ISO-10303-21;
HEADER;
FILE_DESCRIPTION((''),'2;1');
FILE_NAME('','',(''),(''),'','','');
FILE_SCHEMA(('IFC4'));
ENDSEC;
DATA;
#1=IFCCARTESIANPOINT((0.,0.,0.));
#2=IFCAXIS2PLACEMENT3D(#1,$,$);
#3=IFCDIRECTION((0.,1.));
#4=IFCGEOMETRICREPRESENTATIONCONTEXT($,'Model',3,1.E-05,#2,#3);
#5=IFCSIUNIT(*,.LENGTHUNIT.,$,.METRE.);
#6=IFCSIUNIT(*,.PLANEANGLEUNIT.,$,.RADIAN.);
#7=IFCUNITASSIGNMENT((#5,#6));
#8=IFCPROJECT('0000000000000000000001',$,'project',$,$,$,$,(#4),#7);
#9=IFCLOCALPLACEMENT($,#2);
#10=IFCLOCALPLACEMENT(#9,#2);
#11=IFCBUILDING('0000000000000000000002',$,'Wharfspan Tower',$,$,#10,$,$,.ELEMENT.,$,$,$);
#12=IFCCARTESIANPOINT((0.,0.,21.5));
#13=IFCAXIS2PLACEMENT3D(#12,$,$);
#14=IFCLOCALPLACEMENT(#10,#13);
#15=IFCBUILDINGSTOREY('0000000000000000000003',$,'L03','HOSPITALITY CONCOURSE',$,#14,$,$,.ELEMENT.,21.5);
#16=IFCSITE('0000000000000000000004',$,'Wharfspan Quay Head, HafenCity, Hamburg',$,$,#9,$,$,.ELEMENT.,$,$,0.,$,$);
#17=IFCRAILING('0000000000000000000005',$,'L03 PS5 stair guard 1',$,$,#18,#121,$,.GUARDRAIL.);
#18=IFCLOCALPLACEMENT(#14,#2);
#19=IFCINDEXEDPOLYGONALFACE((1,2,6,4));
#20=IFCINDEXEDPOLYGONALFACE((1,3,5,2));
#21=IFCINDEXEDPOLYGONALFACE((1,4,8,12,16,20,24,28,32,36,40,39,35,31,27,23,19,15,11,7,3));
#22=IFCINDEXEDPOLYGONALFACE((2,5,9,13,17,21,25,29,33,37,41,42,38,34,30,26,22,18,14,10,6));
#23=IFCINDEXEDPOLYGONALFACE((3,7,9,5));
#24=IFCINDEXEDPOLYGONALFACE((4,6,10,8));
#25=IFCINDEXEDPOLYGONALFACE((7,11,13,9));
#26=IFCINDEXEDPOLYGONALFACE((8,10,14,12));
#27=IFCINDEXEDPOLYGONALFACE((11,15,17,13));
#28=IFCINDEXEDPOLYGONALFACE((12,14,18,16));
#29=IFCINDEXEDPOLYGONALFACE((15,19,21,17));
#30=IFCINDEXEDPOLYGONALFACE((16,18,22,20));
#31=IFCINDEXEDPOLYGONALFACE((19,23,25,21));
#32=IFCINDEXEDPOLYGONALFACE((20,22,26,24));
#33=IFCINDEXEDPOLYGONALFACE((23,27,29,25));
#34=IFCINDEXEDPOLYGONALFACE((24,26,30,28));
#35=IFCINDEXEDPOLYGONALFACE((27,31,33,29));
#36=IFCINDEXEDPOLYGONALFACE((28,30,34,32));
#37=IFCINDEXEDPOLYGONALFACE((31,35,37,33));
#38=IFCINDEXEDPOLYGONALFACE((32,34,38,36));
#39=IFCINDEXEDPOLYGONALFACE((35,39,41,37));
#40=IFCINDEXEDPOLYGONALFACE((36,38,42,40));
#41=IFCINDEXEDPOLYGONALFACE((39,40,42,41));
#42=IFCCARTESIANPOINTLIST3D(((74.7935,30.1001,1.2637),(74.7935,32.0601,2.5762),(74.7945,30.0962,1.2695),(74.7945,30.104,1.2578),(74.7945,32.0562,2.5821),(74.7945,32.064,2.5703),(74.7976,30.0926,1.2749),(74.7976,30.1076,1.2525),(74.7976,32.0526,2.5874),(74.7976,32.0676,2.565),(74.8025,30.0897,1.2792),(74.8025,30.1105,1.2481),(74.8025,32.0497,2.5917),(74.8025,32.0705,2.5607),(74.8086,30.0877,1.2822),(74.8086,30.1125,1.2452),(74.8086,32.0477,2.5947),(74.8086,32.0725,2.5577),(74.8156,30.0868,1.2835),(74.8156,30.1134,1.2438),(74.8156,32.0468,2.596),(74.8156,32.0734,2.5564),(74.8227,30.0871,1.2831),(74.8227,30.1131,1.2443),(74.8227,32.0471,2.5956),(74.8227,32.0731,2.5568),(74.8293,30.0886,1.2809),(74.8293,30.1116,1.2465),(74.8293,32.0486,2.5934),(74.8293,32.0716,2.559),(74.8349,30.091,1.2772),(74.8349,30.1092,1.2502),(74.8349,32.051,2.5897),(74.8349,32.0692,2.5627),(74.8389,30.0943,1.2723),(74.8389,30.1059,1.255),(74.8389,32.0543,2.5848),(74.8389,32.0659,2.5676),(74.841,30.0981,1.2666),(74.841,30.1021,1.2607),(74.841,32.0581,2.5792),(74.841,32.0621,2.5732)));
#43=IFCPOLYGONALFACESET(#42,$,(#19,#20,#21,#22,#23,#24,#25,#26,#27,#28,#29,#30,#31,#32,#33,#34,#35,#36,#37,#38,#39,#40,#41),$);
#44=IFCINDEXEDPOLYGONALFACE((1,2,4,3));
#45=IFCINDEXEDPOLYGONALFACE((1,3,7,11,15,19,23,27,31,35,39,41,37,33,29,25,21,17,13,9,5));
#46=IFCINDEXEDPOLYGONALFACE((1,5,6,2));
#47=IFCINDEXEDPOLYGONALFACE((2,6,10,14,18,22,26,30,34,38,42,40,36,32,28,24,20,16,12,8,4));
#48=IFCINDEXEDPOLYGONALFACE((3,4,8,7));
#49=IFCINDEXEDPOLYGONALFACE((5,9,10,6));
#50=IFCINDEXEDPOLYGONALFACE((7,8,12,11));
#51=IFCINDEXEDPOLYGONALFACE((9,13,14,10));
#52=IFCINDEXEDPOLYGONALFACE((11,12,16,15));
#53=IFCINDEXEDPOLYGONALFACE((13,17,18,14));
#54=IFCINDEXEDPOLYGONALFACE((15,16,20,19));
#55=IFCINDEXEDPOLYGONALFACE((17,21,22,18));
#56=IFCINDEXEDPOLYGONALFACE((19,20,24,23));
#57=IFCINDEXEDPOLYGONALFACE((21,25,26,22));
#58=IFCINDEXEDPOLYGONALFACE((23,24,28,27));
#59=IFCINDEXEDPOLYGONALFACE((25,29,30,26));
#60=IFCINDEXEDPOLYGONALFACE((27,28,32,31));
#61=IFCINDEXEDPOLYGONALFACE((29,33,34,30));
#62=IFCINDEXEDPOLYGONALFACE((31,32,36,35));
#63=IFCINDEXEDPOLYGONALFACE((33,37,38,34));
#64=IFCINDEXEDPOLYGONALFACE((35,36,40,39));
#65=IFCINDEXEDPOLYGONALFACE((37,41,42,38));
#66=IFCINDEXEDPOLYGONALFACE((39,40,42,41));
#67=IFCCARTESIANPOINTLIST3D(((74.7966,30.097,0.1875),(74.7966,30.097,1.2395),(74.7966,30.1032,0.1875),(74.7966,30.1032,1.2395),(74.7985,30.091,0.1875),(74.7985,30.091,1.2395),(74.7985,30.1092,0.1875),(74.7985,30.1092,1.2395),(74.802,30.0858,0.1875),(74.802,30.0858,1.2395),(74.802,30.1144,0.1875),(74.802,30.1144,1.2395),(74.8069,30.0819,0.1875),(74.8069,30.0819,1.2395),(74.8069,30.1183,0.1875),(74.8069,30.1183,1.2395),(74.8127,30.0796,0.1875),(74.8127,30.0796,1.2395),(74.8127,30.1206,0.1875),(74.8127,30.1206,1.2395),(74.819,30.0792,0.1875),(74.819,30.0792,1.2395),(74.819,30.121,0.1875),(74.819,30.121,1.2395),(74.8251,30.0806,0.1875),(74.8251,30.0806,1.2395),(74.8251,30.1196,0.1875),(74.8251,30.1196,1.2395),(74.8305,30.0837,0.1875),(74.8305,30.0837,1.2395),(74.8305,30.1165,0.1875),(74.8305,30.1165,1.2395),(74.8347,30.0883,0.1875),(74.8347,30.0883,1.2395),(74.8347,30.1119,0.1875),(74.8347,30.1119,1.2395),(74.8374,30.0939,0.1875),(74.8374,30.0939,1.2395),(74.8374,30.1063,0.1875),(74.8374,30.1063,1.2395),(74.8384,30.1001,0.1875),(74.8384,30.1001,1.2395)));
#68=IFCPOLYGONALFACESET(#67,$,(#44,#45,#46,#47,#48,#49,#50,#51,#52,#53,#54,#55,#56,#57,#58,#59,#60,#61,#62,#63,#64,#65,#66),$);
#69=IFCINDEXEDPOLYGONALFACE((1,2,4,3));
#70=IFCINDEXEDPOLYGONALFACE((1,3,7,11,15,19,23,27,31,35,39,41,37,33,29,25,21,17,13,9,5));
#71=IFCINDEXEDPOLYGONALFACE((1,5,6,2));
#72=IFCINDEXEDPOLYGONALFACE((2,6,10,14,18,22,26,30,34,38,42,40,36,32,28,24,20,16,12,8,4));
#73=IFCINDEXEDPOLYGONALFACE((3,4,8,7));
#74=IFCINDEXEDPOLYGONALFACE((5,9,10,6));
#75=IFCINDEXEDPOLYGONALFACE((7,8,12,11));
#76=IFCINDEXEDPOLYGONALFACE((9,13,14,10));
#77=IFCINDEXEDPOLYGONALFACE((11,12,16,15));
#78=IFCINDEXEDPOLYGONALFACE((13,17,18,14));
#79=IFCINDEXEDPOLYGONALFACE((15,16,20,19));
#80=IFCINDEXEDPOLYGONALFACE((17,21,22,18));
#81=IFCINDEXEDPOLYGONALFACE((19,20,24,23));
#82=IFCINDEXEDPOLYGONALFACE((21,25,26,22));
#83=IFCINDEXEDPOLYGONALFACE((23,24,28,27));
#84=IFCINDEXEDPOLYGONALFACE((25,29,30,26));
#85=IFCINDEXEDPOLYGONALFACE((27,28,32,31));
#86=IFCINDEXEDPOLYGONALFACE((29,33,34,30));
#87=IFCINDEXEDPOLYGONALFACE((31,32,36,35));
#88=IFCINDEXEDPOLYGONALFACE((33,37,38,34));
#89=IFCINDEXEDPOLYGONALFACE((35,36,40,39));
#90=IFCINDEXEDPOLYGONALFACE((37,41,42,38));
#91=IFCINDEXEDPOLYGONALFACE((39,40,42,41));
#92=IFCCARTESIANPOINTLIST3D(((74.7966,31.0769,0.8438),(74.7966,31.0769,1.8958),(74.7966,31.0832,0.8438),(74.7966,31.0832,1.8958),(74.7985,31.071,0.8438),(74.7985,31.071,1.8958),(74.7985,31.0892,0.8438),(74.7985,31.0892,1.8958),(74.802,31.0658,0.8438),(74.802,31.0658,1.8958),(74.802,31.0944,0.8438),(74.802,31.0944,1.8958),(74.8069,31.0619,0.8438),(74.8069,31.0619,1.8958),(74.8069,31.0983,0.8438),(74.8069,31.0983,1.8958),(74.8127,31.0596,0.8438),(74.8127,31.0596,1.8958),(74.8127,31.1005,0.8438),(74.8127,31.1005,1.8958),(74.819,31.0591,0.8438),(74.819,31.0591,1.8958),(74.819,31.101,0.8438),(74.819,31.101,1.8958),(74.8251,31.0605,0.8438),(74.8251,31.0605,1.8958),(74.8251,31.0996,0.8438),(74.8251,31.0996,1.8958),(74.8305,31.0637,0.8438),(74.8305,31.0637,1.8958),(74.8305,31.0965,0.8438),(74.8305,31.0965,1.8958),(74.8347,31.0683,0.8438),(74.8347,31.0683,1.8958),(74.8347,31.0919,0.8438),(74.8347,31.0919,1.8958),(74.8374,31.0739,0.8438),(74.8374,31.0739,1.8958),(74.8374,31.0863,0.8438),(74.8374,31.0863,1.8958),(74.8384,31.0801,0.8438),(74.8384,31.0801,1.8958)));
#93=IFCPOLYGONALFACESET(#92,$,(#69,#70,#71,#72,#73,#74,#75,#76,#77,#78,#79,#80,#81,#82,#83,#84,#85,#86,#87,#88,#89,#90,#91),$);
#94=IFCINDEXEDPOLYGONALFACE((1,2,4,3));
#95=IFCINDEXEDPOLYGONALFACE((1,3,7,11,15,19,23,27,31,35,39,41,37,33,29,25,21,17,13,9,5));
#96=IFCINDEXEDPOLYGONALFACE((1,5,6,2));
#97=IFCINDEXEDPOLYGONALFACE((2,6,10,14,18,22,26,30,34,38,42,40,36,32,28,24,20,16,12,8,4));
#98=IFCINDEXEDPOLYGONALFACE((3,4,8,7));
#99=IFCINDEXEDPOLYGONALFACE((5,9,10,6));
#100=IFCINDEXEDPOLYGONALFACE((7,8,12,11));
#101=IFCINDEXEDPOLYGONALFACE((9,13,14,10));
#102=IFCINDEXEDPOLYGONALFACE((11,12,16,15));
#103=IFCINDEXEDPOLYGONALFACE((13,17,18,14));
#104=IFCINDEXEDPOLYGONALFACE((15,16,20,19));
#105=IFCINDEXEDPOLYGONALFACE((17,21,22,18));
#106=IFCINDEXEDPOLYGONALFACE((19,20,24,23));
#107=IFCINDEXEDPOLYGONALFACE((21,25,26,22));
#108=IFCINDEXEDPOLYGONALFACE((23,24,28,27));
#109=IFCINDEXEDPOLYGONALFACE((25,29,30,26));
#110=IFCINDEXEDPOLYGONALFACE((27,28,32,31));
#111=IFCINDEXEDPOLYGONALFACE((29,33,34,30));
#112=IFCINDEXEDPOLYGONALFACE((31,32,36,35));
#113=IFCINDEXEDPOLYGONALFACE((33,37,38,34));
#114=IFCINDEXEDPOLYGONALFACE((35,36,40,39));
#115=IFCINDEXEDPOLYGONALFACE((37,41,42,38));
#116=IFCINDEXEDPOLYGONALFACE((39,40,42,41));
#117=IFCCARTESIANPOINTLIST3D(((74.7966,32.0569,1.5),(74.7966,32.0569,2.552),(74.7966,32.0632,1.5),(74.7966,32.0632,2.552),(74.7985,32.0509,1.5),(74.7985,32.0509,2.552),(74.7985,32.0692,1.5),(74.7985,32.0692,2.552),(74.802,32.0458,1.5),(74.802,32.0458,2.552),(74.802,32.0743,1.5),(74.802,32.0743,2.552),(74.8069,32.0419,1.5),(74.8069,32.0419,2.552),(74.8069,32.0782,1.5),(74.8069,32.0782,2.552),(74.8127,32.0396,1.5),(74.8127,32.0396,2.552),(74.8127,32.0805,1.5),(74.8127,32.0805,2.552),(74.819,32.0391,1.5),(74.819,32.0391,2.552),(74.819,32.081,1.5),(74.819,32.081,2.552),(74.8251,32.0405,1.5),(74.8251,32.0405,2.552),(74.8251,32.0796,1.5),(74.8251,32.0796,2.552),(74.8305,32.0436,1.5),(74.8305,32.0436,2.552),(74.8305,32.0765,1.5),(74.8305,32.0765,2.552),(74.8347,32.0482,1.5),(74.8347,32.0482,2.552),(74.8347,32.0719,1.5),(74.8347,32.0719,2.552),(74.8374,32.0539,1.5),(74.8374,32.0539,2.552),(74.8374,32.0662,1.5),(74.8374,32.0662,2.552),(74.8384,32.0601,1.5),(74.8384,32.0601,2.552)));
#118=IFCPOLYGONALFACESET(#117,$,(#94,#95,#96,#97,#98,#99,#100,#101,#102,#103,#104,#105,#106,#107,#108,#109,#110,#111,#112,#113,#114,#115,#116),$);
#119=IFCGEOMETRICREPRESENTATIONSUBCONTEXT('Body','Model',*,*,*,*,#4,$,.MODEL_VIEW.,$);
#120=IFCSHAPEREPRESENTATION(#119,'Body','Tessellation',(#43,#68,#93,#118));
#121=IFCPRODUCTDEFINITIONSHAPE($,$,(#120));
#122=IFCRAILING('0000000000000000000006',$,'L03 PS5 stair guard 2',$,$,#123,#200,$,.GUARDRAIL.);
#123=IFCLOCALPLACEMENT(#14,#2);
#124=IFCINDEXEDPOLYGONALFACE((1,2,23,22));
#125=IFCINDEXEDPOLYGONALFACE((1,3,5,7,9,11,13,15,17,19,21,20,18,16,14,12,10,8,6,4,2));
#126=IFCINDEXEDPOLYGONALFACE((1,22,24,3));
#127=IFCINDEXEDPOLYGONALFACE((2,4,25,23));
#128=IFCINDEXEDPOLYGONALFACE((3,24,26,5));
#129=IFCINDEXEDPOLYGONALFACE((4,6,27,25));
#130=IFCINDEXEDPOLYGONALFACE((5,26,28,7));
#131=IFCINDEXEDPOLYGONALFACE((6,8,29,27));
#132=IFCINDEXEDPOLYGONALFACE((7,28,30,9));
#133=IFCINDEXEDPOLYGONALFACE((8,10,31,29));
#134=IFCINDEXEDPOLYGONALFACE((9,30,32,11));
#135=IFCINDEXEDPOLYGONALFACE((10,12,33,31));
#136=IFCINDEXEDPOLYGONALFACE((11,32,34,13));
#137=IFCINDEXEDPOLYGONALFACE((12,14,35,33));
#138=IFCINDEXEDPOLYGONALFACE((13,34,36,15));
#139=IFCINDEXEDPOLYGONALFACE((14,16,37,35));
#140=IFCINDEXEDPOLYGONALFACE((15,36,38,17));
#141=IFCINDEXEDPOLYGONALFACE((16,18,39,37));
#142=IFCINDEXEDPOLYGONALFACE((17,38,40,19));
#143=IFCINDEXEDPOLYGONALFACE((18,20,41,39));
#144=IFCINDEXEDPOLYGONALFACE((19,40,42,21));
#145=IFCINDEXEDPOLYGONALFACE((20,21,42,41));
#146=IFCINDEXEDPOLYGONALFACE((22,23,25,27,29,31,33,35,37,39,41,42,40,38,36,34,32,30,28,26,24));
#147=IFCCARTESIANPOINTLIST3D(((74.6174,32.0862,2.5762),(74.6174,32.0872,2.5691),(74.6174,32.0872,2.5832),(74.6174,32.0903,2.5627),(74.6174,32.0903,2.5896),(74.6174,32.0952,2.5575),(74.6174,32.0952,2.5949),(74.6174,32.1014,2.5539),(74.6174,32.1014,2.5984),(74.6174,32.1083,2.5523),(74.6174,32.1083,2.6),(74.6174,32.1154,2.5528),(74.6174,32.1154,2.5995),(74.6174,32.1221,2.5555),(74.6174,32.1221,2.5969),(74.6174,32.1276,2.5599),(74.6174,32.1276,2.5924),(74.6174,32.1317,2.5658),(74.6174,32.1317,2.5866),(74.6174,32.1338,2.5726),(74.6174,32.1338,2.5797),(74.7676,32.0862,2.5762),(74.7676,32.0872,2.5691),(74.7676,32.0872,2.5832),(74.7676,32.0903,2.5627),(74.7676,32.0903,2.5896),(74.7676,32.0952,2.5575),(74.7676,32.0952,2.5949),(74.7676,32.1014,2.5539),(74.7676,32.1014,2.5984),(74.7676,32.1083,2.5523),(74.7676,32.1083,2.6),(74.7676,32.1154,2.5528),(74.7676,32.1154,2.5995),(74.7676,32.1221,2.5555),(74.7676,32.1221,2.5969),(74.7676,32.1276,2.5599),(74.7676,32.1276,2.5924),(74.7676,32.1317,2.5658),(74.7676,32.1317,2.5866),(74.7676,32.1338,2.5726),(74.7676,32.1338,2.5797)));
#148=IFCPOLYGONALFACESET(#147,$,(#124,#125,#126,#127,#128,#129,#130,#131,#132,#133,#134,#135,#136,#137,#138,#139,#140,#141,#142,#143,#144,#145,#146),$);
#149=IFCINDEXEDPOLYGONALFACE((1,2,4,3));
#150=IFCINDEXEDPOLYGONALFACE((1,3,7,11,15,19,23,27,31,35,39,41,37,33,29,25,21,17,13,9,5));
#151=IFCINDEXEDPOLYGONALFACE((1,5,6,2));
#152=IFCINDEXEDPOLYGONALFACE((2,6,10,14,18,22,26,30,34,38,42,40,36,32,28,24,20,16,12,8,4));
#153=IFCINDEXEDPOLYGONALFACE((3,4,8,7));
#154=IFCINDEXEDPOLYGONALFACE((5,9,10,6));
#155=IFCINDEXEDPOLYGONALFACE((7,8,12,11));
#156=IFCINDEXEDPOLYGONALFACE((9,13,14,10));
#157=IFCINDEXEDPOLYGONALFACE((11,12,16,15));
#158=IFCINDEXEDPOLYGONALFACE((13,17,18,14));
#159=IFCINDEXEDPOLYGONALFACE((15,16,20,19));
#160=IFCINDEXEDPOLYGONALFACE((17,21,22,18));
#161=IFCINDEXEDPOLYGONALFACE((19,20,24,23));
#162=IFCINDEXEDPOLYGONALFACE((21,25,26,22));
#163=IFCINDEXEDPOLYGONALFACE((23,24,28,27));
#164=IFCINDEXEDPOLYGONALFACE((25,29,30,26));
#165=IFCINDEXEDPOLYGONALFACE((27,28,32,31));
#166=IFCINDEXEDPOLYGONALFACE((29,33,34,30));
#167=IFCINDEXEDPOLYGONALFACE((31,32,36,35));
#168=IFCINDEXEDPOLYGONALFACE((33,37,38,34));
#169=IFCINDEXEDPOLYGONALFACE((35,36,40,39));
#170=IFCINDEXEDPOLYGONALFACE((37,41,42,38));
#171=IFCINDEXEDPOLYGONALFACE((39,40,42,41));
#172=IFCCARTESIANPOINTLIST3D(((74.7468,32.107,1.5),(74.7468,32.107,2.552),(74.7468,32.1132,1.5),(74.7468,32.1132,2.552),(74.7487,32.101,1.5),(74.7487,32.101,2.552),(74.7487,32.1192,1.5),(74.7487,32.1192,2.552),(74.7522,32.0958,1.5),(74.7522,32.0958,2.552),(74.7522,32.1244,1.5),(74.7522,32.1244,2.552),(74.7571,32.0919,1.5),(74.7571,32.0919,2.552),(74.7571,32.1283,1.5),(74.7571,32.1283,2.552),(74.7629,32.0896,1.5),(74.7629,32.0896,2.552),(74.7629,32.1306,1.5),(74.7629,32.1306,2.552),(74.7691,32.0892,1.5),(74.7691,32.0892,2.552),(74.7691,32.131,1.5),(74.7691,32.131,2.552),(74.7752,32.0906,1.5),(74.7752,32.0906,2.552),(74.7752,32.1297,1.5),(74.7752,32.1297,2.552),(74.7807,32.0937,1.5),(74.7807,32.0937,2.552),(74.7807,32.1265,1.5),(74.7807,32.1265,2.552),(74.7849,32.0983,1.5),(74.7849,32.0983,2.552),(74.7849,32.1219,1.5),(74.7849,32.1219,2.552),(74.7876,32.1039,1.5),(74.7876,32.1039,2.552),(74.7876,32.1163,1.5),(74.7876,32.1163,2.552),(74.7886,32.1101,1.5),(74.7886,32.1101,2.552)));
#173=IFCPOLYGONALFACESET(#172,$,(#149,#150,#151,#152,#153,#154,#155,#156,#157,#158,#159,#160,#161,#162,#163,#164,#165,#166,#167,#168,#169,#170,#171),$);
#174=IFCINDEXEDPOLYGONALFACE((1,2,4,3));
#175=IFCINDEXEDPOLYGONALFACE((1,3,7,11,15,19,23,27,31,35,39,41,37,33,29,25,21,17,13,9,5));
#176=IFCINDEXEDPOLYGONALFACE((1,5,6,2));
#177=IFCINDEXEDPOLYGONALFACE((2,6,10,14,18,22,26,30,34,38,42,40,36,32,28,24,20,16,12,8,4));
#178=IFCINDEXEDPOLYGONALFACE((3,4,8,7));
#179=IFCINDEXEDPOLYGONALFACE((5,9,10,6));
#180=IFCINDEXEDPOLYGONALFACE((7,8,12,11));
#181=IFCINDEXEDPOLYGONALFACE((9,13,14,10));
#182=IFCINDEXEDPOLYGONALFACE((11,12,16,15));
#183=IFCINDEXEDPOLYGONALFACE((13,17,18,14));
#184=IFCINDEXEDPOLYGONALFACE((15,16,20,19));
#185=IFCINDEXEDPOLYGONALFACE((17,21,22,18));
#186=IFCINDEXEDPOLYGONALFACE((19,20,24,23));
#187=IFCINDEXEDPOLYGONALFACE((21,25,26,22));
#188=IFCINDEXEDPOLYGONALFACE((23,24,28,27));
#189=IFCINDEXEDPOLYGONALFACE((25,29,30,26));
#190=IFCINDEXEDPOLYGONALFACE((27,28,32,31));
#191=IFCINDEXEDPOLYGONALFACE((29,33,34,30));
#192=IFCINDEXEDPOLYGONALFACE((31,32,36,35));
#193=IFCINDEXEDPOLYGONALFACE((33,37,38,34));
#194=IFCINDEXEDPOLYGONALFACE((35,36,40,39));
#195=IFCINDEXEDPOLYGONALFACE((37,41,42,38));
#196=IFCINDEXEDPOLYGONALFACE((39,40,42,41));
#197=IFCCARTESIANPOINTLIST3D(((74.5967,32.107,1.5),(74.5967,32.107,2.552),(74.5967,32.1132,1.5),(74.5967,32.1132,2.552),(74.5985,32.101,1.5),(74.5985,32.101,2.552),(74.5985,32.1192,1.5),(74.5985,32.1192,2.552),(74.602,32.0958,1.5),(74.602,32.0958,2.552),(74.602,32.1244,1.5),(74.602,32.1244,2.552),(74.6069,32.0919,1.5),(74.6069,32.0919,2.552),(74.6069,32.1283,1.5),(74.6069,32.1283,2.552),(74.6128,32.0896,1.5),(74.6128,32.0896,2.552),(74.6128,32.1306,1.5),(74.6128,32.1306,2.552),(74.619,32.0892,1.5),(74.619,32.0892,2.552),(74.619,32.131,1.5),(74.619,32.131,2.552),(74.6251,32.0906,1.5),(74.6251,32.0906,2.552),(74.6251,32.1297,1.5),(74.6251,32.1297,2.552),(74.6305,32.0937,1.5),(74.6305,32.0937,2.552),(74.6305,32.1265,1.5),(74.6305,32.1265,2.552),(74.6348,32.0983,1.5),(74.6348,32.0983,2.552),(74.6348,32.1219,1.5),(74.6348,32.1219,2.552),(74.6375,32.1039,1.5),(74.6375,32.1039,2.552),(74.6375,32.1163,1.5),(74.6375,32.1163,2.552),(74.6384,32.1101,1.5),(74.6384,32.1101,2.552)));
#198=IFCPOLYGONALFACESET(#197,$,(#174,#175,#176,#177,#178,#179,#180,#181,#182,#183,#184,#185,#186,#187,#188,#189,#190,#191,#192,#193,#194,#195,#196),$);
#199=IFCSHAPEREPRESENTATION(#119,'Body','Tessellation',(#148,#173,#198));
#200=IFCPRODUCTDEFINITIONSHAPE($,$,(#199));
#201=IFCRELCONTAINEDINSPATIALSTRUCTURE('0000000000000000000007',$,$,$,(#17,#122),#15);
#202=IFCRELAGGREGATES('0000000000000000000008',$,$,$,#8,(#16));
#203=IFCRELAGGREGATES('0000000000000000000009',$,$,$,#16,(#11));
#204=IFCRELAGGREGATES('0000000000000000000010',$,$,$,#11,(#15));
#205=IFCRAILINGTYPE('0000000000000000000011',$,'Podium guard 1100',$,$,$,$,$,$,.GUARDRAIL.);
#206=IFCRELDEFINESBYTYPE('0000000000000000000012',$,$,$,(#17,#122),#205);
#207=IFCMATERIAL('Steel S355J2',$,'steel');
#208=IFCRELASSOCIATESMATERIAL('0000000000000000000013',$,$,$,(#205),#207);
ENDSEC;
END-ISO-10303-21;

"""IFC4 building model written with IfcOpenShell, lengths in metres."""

from ifc_helpers import new_model, si_unit, direction, frame, origin, origin_2d, place, context, subcontext, project, spatial, circle, extrude, material, type_object, element, save


model = new_model("IFC4")

# Units and contexts
model_context = context("Model", 3, precision=1e-05, world=origin(), true_north=direction((0.0, 1.0)))
body_context = subcontext(model_context, "Body", "Model", "MODEL_VIEW")
ifc_project = project(units=[si_unit("LENGTHUNIT", "METRE"), si_unit("PLANEANGLEUNIT", "RADIAN")], contexts=[model_context])

# Site, building, storey
site_placement = place(None, origin())
site = spatial("IfcSite", under=ifc_project, at=site_placement, Name="Wharfspan Quay Head, HafenCity, Hamburg", CompositionType="ELEMENT", RefElevation=0.0)
building_placement = place(site_placement, origin())
building = spatial("IfcBuilding", under=site, at=building_placement, Name="Wharfspan Tower", CompositionType="ELEMENT")
storey_placement = place(building_placement, frame((0.0, 0.0, 21.5)))
storey = spatial("IfcBuildingStorey", under=building, at=storey_placement, Name="L03", Description="HOSPITALITY CONCOURSE", CompositionType="ELEMENT", Elevation=21.5)

# Railings
ifc_material_1 = material(Name="Steel S355J2", Category="steel")
railing_type_1 = type_object("IfcRailingType", Name="Podium guard 1100", PredefinedType="GUARDRAIL", material=ifc_material_1)
railing_1_placement = place(storey_placement, frame((74.8174, 30.1001, 0.1875)))
element("IfcRailing", 1, at=railing_1_placement, inside=storey, type_object=railing_type_1, Name="L03 PS5 stair guard 1", PredefinedType="GUARDRAIL", context=body_context, shape_type="SweptSolid", body=[
    extrude(circle(Radius=0.0239, at=origin_2d()), frame((0.0, 0.0, 1.0762), z_axis=(0.0, 0.830902, 0.556419), x_axis=(-1.0, 0.0, 0.0)), (0.0, 0.0, 1.0), 2.3589),
    extrude(circle(Radius=0.021, at=origin_2d()), origin(), (0.0, 0.0, 1.0), 1.052),
    extrude(circle(Radius=0.021, at=origin_2d()), frame((0.0, 0.98, 0.6562)), (0.0, 0.0, 1.0), 1.052),
    extrude(circle(Radius=0.021, at=origin_2d()), frame((0.0, 1.96, 1.3125)), (0.0, 0.0, 1.0), 1.052),
])
for number, where, name in (
    (2, (74.7676, 32.1101, 1.5), "L03 PS5 stair guard 2"),
):
    element("IfcRailing", number, at=place(storey_placement, frame(where)), inside=storey, type_object=railing_type_1, Name=name, PredefinedType="GUARDRAIL", context=body_context, shape_type="SweptSolid", body=[
        extrude(circle(Radius=0.0239, at=origin_2d()), frame((0.0, 0.0, 1.0762), z_axis=(-1.0, 0.0, 0.0), x_axis=(0.0, -1.0, 0.0)), (0.0, 0.0, 1.0), 0.1501),
        extrude(circle(Radius=0.021, at=origin_2d()), origin(), (0.0, 0.0, 1.0), 1.052),
        extrude(circle(Radius=0.021, at=origin_2d()), frame((-0.1501, 0.0, 0.0)), (0.0, 0.0, 1.0), 1.052),
    ])

save(model, "model.ifc")
